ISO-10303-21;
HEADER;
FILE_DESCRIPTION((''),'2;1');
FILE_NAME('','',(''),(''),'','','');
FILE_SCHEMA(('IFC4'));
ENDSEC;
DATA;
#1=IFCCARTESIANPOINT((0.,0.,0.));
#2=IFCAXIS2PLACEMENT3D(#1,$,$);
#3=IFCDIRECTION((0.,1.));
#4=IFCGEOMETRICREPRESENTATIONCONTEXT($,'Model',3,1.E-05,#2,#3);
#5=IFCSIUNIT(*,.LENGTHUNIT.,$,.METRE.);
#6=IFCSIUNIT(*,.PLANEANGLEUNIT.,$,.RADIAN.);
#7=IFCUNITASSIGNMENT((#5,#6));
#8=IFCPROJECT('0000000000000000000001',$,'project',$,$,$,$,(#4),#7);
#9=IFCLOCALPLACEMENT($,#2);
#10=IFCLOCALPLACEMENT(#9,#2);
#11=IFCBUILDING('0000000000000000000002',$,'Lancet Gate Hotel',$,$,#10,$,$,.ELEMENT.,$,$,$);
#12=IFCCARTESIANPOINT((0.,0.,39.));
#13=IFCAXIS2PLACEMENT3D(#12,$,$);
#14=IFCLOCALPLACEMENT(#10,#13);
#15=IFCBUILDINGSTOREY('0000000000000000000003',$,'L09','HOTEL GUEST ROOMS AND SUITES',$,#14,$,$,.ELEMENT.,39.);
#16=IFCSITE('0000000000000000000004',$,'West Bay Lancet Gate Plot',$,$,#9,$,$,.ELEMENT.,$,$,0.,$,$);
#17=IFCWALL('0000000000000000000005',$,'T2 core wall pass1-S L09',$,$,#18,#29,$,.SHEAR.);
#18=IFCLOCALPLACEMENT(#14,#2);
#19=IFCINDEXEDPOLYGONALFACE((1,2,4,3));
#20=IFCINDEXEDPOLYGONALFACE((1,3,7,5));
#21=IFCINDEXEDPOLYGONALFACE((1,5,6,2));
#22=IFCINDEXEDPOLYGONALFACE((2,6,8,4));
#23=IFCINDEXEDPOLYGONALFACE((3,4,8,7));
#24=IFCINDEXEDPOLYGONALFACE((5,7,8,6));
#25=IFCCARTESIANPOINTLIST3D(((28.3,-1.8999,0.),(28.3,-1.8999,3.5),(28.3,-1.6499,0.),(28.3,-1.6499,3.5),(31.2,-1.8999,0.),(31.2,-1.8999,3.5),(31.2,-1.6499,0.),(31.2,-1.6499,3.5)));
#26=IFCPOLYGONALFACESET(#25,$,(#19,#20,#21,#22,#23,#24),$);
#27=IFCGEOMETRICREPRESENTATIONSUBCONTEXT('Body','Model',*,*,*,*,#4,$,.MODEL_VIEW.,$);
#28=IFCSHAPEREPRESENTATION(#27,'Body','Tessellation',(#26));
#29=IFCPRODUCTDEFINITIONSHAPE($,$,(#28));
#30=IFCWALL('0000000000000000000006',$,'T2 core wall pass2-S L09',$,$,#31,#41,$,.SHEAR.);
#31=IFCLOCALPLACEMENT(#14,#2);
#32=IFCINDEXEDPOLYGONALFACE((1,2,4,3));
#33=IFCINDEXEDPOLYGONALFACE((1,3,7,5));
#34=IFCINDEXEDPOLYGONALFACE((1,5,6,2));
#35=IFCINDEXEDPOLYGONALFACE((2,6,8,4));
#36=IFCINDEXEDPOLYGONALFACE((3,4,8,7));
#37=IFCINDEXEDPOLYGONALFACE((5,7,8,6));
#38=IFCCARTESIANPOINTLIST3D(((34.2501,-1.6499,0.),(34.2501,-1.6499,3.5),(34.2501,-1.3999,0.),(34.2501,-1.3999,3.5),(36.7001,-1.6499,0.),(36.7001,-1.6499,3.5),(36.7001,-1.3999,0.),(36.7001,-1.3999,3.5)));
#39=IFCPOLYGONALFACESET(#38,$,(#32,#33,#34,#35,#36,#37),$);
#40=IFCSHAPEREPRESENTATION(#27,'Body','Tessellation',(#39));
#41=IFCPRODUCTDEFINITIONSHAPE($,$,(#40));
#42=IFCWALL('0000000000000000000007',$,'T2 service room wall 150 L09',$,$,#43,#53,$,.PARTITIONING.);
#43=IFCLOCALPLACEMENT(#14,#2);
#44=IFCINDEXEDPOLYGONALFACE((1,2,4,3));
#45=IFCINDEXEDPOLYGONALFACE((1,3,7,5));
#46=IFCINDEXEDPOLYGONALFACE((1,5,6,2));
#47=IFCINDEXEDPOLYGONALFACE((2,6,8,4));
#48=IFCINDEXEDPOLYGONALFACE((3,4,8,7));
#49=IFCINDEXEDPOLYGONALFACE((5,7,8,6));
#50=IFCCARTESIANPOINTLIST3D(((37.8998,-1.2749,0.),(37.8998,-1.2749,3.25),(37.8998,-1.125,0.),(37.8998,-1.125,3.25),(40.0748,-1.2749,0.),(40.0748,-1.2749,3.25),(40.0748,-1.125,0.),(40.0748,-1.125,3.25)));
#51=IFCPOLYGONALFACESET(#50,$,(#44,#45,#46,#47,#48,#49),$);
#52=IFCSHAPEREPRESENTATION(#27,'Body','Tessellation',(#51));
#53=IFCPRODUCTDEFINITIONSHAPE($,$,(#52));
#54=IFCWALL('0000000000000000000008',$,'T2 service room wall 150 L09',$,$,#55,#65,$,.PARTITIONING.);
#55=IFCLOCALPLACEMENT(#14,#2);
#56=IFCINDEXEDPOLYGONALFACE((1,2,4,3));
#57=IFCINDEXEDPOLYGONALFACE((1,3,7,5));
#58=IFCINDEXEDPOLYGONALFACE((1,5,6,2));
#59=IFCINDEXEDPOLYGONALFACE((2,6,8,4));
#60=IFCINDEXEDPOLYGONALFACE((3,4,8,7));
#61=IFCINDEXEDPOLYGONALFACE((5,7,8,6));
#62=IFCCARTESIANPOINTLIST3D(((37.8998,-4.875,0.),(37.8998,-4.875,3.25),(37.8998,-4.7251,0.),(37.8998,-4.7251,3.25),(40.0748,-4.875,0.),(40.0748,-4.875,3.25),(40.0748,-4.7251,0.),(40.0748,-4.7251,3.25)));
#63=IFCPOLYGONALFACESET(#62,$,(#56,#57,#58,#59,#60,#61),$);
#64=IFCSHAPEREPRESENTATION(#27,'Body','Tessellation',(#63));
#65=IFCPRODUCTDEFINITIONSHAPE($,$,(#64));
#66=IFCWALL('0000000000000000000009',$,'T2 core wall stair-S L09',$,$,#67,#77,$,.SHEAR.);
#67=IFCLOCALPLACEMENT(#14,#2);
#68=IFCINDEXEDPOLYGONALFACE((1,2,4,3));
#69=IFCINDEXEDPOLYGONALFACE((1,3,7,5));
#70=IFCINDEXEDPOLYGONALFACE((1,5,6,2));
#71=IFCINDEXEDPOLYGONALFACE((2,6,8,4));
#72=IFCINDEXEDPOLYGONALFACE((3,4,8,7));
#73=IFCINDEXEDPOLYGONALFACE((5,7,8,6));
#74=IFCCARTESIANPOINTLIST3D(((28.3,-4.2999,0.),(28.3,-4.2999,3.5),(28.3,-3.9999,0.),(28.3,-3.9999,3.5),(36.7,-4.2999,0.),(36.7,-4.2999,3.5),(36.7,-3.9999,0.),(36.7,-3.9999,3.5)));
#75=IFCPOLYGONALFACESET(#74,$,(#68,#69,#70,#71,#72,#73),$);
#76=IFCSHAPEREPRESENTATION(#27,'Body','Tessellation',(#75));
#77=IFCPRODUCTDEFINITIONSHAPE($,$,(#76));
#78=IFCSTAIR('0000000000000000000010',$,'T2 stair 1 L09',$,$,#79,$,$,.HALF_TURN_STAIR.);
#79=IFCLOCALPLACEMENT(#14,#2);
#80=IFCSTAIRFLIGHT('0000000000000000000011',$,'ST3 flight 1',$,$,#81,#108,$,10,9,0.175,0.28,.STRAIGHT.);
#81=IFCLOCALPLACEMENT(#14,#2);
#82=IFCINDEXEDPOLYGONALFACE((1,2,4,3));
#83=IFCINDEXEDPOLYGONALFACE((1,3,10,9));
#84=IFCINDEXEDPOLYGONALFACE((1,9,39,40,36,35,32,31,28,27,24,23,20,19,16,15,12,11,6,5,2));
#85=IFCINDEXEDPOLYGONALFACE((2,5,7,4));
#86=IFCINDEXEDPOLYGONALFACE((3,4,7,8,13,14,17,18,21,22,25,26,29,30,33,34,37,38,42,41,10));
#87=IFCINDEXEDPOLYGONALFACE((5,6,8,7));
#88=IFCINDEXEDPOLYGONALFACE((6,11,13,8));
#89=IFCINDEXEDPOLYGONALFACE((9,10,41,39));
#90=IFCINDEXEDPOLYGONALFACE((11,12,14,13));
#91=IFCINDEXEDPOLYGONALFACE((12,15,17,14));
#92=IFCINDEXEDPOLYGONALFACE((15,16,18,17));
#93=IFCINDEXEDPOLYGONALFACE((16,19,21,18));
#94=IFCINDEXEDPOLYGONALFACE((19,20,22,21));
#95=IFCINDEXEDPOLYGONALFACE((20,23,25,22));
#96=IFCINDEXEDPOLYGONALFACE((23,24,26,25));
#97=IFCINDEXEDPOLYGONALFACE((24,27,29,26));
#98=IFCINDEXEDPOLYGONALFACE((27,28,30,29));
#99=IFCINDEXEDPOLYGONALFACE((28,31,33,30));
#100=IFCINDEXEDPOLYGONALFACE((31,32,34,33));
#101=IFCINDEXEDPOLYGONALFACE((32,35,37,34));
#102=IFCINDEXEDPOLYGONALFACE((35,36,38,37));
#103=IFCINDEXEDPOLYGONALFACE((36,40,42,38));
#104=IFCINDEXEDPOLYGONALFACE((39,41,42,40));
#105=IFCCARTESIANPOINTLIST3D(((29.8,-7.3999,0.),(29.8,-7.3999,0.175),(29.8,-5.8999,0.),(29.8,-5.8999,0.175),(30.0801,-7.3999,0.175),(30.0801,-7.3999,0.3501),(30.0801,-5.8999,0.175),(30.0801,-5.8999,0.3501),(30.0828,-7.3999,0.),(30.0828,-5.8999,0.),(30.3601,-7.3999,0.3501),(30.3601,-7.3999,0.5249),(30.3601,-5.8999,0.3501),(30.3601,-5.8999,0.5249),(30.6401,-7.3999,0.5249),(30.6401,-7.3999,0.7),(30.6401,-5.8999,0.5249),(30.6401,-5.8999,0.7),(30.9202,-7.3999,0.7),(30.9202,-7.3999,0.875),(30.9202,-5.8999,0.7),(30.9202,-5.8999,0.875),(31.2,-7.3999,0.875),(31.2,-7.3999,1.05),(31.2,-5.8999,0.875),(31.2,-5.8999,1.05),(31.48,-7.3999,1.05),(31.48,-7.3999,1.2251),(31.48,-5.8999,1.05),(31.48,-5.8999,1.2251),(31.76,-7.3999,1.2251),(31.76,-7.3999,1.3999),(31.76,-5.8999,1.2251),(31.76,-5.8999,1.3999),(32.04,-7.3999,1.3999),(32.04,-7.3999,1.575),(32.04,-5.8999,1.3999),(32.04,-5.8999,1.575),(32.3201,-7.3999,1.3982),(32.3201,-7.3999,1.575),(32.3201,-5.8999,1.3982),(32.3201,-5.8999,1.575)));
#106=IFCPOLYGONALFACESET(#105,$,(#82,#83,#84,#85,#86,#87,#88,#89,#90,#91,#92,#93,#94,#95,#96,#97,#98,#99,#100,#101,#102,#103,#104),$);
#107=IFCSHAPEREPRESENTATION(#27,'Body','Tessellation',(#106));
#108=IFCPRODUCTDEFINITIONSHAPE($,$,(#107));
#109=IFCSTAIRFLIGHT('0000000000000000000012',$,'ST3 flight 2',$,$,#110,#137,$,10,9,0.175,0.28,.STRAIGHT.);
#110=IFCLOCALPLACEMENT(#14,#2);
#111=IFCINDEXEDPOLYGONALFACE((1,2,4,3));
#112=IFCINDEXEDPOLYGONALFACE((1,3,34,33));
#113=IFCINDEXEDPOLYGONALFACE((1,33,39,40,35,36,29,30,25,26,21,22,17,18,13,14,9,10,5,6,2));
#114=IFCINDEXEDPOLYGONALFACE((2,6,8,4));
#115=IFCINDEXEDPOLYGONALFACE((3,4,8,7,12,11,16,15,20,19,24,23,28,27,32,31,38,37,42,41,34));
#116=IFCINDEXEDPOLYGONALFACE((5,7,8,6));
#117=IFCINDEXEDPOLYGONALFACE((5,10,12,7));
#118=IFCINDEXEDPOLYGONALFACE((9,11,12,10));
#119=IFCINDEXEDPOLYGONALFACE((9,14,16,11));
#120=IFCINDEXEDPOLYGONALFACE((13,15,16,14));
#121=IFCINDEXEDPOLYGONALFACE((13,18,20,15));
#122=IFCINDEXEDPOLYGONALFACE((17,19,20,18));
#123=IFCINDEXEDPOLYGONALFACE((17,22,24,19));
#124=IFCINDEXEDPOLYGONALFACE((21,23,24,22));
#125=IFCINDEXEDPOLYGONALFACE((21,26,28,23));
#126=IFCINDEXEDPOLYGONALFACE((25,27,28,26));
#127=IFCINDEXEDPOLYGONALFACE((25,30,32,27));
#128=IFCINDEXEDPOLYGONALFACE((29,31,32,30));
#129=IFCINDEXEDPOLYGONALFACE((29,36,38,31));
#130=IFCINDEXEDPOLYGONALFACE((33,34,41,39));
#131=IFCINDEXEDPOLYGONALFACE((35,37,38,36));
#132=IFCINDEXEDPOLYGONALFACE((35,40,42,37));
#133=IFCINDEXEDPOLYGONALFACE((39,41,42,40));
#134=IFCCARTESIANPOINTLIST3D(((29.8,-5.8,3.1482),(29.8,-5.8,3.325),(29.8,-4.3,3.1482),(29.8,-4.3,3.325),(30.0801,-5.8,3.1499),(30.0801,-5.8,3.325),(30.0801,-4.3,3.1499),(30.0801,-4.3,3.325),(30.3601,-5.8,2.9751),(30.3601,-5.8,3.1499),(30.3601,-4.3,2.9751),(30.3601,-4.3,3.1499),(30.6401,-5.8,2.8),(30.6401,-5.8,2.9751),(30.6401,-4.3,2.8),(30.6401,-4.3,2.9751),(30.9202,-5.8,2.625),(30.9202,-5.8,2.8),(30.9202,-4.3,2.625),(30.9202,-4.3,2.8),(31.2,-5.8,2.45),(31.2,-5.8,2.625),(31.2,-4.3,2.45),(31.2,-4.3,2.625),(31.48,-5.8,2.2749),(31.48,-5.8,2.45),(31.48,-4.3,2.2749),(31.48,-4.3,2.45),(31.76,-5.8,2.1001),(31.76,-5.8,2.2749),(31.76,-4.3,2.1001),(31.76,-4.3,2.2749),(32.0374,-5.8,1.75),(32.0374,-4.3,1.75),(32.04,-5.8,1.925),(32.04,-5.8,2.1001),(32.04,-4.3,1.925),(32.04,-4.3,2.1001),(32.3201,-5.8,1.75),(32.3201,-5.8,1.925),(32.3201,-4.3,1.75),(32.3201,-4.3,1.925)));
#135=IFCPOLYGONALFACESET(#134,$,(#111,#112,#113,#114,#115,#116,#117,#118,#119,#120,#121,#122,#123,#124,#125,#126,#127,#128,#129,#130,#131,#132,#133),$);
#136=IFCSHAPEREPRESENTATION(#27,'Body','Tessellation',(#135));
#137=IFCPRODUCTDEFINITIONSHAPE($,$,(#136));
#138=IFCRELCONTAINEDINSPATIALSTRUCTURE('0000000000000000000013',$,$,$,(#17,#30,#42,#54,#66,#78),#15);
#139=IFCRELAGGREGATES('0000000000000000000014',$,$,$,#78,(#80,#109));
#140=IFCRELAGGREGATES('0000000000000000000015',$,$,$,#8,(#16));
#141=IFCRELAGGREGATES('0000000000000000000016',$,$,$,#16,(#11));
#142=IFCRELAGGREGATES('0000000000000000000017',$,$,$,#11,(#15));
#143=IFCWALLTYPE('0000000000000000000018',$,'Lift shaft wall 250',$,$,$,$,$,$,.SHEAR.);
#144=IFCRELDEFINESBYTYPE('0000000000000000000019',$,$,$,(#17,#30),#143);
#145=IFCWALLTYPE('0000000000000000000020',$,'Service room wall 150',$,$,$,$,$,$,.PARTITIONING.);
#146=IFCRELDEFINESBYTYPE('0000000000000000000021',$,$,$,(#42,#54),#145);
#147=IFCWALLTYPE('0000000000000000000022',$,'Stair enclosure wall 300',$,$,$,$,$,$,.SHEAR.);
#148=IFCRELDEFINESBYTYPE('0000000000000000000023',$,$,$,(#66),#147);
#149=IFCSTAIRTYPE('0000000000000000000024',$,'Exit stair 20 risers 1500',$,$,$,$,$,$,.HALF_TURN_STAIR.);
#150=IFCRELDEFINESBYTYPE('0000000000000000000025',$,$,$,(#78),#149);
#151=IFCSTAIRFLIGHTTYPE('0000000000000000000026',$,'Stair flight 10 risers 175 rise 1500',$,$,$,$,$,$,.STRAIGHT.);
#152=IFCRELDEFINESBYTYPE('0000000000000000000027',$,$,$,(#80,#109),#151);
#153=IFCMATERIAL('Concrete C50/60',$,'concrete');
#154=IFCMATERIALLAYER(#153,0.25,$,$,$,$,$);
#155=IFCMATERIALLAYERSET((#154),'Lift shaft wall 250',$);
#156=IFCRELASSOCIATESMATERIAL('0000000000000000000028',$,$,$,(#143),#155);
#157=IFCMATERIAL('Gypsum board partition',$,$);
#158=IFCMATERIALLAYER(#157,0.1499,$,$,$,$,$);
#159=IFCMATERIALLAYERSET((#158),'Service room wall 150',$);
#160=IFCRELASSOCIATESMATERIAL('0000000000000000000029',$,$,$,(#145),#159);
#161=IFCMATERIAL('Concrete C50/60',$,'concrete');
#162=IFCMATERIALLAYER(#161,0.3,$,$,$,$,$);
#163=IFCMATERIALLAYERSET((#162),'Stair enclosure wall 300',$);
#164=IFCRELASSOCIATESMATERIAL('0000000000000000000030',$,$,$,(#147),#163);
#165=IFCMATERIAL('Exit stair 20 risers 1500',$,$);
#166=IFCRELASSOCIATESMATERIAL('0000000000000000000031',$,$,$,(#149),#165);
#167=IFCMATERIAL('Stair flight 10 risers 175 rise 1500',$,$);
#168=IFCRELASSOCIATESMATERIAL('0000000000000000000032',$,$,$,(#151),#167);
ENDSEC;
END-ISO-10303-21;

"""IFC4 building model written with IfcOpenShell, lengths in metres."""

from ifc_helpers import new_model, si_unit, direction, frame, frame_2d, origin, place, context, subcontext, project, spatial, polyline, rectangle, outline, extrude, material, layer, layer_set, type_object, element, aggregate, save


model = new_model("IFC4")

# Units and contexts
model_context = context("Model", 3, precision=1e-05, world=origin(), true_north=direction((0.0, 1.0)))
body_context = subcontext(model_context, "Body", "Model", "MODEL_VIEW")
ifc_project = project(units=[si_unit("LENGTHUNIT", "METRE"), si_unit("PLANEANGLEUNIT", "RADIAN")], contexts=[model_context])

# Site, building, storey
site_placement = place(None, origin())
site = spatial("IfcSite", under=ifc_project, at=site_placement, Name="West Bay Lancet Gate Plot", CompositionType="ELEMENT", RefElevation=0.0)
building_placement = place(site_placement, origin())
building = spatial("IfcBuilding", under=site, at=building_placement, Name="Lancet Gate Hotel", CompositionType="ELEMENT")
storey_placement = place(building_placement, frame((0.0, 0.0, 39.0)))
storey = spatial("IfcBuildingStorey", under=building, at=storey_placement, Name="L09", Description="HOTEL GUEST ROOMS AND SUITES", CompositionType="ELEMENT", Elevation=39.0)

# Shared definitions
ifc_material_1 = material(Name="Concrete C50/60", Category="concrete")
ifc_layer_1 = layer(ifc_material_1, 0.25)
ifc_layer_set_1 = layer_set([ifc_layer_1], Name="Lift shaft wall 250")
wall_type_1 = type_object("IfcWallType", Name="Lift shaft wall 250", PredefinedType="SHEAR", material=ifc_layer_set_1)

# Walls
wall_1_placement = place(storey_placement, frame((28.3, -1.7749, 0.0), z_axis=(0.0, 0.0, 1.0), x_axis=(1.0, 0.0, 0.0)))
element("IfcWall", 1, at=wall_1_placement, inside=storey, type_object=wall_type_1, Name="T2 core wall pass1-S L09", PredefinedType="SHEAR", context=body_context, shape_type="SweptSolid", body=[
    extrude(rectangle(XDim=2.8999, YDim=0.25, at=frame_2d((1.45, 0.0))), origin(), (0.0, 0.0, 1.0), 3.5),
])
wall_2_placement = place(storey_placement, frame((34.25, -1.5249, 0.0), z_axis=(0.0, 0.0, 1.0), x_axis=(1.0, 0.0, 0.0)))
element("IfcWall", 2, at=wall_2_placement, inside=storey, type_object=wall_type_1, Name="T2 core wall pass2-S L09", PredefinedType="SHEAR", context=body_context, shape_type="SweptSolid", body=[
    extrude(rectangle(XDim=2.45, YDim=0.25, at=frame_2d((1.2251, 0.0))), origin(), (0.0, 0.0, 1.0), 3.5),
])
ifc_material_2 = material(Name="Gypsum board partition")
ifc_layer_2 = layer(ifc_material_2, 0.1499)
ifc_layer_set_2 = layer_set([ifc_layer_2], Name="Service room wall 150")
wall_type_2 = type_object("IfcWallType", Name="Service room wall 150", PredefinedType="PARTITIONING", material=ifc_layer_set_2)
for number, where, z_axis, x_axis, name in (
    (3, (37.8999, -1.2, 0.0), (0.0, 0.0, 1.0), (1.0, 0.0, 0.0), "T2 service room wall 150 L09"),
    (4, (37.8999, -4.8, 0.0), (0.0, 0.0, 1.0), (1.0, 0.0, 0.0), "T2 service room wall 150 L09"),
):
    element("IfcWall", number, at=place(storey_placement, frame(where, z_axis=z_axis, x_axis=x_axis)), inside=storey, type_object=wall_type_2, Name=name, PredefinedType="PARTITIONING", context=body_context, shape_type="SweptSolid", body=[
        extrude(rectangle(XDim=2.175, YDim=0.1499, at=frame_2d((1.0874, 0.0))), origin(), (0.0, 0.0, 1.0), 3.25),
    ])
ifc_material_3 = material(Name="Concrete C50/60", Category="concrete")
ifc_layer_3 = layer(ifc_material_3, 0.3)
ifc_layer_set_3 = layer_set([ifc_layer_3], Name="Stair enclosure wall 300")
wall_type_3 = type_object("IfcWallType", Name="Stair enclosure wall 300", PredefinedType="SHEAR", material=ifc_layer_set_3)
wall_3_placement = place(storey_placement, frame((28.3, -4.1499, 0.0), z_axis=(0.0, 0.0, 1.0), x_axis=(1.0, 0.0, 0.0)))
element("IfcWall", 5, at=wall_3_placement, inside=storey, type_object=wall_type_3, Name="T2 core wall stair-S L09", PredefinedType="SHEAR", context=body_context, shape_type="SweptSolid", body=[
    extrude(rectangle(XDim=8.3999, YDim=0.3, at=frame_2d((4.2, 0.0))), origin(), (0.0, 0.0, 1.0), 3.5),
])

# Stair, stair flights
ifc_material_4 = material(Name="Exit stair 20 risers 1500")
stair_type = type_object("IfcStairType", Name="Exit stair 20 risers 1500", PredefinedType="HALF_TURN_STAIR", material=ifc_material_4)
stair_placement = place(storey_placement, origin())
stair = element("IfcStair", 6, at=stair_placement, inside=storey, type_object=stair_type, Name="T2 stair 1 L09", PredefinedType="HALF_TURN_STAIR")
ifc_material_5 = material(Name="Stair flight 10 risers 175 rise 1500")
stair_flight_type = type_object("IfcStairFlightType", Name="Stair flight 10 risers 175 rise 1500", PredefinedType="STRAIGHT", material=ifc_material_5)
stair_flight_1_placement = place(storey_placement, frame((29.8, -6.6499, 0.0), z_axis=(0.0, 0.0, 1.0), x_axis=(1.0, 0.0, 0.0)))
stair_flight_1 = element("IfcStairFlight", 7, at=stair_flight_1_placement, type_object=stair_flight_type, Name="ST3 flight 1", NumberOfRisers=10, NumberOfTreads=9, PredefinedType="STRAIGHT", RiserHeight=0.175, TreadLength=0.28, context=body_context, shape_type="SweptSolid", body=[
    extrude(outline(polyline([(0.0, 0.0), (0.0, 0.175), (0.28, 0.175), (0.28, 0.3501), (0.5601, 0.3501), (0.5601, 0.5249), (0.8401, 0.5249), (0.8401, 0.7), (1.1201, 0.7), (1.1201, 0.875), (1.3999, 0.875), (1.3999, 1.05), (1.6799, 1.05), (1.6799, 1.2251), (1.96, 1.2251), (1.96, 1.3999), (2.24, 1.3999), (2.24, 1.575), (2.52, 1.575), (2.52, 1.75), (2.52, 1.3982), (0.2827, 0.0), (0.0, 0.0)])), frame((0.0, 0.75, 0.0), z_axis=(0.0, -1.0, 0.0), x_axis=(1.0, 0.0, 0.0)), (0.0, 0.0, 1.0), 1.5),
])
stair_flight_2_placement = place(storey_placement, frame((32.3201, -5.05, 1.75), z_axis=(0.0, 0.0, 1.0), x_axis=(-1.0, 0.0, 0.0)))
stair_flight_2 = element("IfcStairFlight", 8, at=stair_flight_2_placement, type_object=stair_flight_type, Name="ST3 flight 2", NumberOfRisers=10, NumberOfTreads=9, PredefinedType="STRAIGHT", RiserHeight=0.175, TreadLength=0.28, context=body_context, shape_type="SweptSolid", body=[
    extrude(outline(polyline([(0.0, 0.0), (0.0, 0.175), (0.28, 0.175), (0.28, 0.3501), (0.5601, 0.3501), (0.5601, 0.5249), (0.8401, 0.5249), (0.8401, 0.7), (1.1201, 0.7), (1.1201, 0.875), (1.3999, 0.875), (1.3999, 1.05), (1.6799, 1.05), (1.6799, 1.2251), (1.96, 1.2251), (1.96, 1.3999), (2.24, 1.3999), (2.24, 1.575), (2.52, 1.575), (2.52, 1.75), (2.52, 1.3982), (0.2827, 0.0), (0.0, 0.0)])), frame((0.0, 0.75, 0.0), z_axis=(0.0, -1.0, 0.0), x_axis=(1.0, 0.0, 0.0)), (0.0, 0.0, 1.0), 1.5),
])
aggregate(stair, [stair_flight_1, stair_flight_2])

save(model, "model.ifc")
